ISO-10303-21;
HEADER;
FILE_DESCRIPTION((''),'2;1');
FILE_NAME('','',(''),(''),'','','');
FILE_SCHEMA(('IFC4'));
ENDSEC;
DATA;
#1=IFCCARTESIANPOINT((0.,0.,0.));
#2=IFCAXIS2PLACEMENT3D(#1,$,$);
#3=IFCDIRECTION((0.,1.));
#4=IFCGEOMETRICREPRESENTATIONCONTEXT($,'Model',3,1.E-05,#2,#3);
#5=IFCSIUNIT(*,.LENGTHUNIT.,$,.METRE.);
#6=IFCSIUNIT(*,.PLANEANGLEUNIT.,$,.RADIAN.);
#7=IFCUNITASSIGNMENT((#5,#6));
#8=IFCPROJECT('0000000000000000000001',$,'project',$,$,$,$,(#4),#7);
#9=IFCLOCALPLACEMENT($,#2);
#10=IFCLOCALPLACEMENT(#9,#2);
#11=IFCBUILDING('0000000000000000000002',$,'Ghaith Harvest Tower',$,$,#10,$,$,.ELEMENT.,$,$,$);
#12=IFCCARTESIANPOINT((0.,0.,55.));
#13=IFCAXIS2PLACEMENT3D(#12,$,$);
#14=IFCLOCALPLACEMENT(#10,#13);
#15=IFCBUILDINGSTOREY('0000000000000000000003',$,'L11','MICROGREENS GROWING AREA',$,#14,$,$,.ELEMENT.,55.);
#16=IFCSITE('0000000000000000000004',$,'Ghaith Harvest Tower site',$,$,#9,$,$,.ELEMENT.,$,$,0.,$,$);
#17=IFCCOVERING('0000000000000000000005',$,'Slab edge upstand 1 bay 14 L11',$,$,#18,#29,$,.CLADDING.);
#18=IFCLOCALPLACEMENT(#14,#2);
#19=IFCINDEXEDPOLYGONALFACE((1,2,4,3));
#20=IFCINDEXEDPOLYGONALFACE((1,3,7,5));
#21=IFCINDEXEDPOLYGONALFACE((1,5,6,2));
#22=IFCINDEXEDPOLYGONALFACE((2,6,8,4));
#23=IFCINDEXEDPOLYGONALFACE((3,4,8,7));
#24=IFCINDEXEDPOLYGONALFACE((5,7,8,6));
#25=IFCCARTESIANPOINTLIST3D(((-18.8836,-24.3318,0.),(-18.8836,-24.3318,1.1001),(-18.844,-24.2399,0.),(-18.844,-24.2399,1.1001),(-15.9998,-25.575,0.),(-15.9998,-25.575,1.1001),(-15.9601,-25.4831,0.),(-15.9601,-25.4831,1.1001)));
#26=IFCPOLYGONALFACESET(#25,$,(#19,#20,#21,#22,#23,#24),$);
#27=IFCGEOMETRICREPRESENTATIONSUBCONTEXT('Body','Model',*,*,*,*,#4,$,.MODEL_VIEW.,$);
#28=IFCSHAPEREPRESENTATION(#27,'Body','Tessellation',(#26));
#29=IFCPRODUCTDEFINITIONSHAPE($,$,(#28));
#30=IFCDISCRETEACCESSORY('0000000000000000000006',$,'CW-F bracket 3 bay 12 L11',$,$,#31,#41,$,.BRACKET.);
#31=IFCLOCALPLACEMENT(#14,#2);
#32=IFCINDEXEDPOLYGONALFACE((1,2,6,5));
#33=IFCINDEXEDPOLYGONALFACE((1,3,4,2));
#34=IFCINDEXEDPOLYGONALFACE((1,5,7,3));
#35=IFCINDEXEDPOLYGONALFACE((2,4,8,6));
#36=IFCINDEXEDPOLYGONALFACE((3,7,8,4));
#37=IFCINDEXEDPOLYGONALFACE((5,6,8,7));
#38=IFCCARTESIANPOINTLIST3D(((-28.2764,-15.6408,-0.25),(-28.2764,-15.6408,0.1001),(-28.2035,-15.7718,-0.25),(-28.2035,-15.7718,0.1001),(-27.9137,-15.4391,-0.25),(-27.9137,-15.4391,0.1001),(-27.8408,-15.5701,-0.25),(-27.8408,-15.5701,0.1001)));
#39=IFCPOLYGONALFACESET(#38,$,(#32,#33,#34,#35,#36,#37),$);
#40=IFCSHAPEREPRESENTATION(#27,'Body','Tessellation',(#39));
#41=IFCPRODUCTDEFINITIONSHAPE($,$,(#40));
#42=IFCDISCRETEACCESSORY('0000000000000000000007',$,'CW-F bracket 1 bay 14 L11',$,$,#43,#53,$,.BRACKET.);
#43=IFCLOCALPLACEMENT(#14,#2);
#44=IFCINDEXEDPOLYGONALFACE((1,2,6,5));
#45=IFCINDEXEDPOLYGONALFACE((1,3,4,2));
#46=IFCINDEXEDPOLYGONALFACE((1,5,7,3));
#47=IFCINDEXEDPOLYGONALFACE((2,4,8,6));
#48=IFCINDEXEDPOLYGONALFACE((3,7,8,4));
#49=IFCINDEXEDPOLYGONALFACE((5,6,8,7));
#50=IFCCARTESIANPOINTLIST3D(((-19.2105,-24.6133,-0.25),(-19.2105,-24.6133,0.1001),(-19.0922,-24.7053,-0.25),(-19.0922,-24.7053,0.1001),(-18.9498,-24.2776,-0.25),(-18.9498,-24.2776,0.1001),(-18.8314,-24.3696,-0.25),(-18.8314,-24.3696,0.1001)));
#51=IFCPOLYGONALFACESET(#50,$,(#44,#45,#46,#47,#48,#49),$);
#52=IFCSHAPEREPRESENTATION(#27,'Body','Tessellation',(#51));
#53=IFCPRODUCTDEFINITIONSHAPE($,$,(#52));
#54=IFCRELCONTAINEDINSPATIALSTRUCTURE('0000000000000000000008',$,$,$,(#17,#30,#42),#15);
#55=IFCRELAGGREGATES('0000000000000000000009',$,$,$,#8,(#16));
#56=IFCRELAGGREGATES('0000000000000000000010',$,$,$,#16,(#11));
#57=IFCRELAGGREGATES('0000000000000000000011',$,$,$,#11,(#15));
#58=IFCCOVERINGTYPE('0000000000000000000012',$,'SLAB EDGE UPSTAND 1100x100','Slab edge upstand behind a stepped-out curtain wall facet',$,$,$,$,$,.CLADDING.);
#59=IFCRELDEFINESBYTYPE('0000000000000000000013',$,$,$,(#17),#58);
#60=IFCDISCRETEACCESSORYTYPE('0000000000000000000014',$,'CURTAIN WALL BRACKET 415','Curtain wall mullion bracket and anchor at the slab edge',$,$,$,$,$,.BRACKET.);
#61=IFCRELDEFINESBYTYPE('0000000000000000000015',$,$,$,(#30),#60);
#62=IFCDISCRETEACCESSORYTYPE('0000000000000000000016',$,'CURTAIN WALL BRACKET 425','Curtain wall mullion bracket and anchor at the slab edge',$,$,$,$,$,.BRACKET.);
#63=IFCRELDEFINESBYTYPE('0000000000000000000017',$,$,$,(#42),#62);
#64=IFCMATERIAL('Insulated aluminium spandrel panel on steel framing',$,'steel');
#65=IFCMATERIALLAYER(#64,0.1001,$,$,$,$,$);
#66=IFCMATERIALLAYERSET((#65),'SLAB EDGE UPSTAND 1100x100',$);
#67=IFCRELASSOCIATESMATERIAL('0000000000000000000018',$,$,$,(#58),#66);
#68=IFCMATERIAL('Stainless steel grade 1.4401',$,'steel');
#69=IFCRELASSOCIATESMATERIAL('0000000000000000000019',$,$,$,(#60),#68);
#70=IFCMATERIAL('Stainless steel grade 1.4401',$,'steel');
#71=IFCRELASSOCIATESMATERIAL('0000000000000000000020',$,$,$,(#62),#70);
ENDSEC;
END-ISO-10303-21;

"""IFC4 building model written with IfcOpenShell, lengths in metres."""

from ifc_helpers import new_model, si_unit, direction, frame, origin, origin_2d, place, context, subcontext, project, spatial, rectangle, extrude, material, layer, layer_set, type_object, element, save


model = new_model("IFC4")

# Units and contexts
model_context = context("Model", 3, precision=1e-05, world=origin(), true_north=direction((0.0, 1.0)))
body_context = subcontext(model_context, "Body", "Model", "MODEL_VIEW")
ifc_project = project(units=[si_unit("LENGTHUNIT", "METRE"), si_unit("PLANEANGLEUNIT", "RADIAN")], contexts=[model_context])

# Site, building, storey
site_placement = place(None, origin())
site = spatial("IfcSite", under=ifc_project, at=site_placement, Name="Ghaith Harvest Tower site", CompositionType="ELEMENT", RefElevation=0.0)
building_placement = place(site_placement, origin())
building = spatial("IfcBuilding", under=site, at=building_placement, Name="Ghaith Harvest Tower", CompositionType="ELEMENT")
storey_placement = place(building_placement, frame((0.0, 0.0, 55.0)))
storey = spatial("IfcBuildingStorey", under=building, at=storey_placement, Name="L11", Description="MICROGREENS GROWING AREA", CompositionType="ELEMENT", Elevation=55.0)

# Covering
ifc_material_1 = material(Name="Insulated aluminium spandrel panel on steel framing", Category="steel")
ifc_layer_1 = layer(ifc_material_1, 0.1001)
ifc_layer_set_1 = layer_set([ifc_layer_1], Name="SLAB EDGE UPSTAND 1100x100")
covering_type = type_object("IfcCoveringType", Name="SLAB EDGE UPSTAND 1100x100", Description="Slab edge upstand behind a stepped-out curtain wall facet", PredefinedType="CLADDING", material=ifc_layer_set_1)
covering_1_placement = place(storey_placement, frame((-17.4219, -24.9075, 0.0), z_axis=(0.0, 0.0, 1.0), x_axis=(0.918307, -0.395869, 0.0)))
element("IfcCovering", 1, at=covering_1_placement, inside=storey, type_object=covering_type, Name="Slab edge upstand 1 bay 14 L11", PredefinedType="CLADDING", context=body_context, shape_type="SweptSolid", body=[
    extrude(rectangle(XDim=3.1404, YDim=0.1001, at=origin_2d()), origin(), (0.0, 0.0, 1.0), 1.1001),
])

# Discrete accessories
ifc_material_2 = material(Name="Stainless steel grade 1.4401", Category="steel")
discrete_accessory_type_1 = type_object("IfcDiscreteAccessoryType", Name="CURTAIN WALL BRACKET 415", Description="Curtain wall mullion bracket and anchor at the slab edge", PredefinedType="BRACKET", material=ifc_material_2)
discrete_accessory_1_placement = place(storey_placement, frame((-28.0586, -15.6055, -0.25), z_axis=(0.0, 0.0, 1.0), x_axis=(-0.873927, -0.486057, 0.0)))
element("IfcDiscreteAccessory", 2, at=discrete_accessory_1_placement, inside=storey, type_object=discrete_accessory_type_1, Name="CW-F bracket 3 bay 12 L11", PredefinedType="BRACKET", context=body_context, shape_type="SweptSolid", body=[
    extrude(rectangle(XDim=0.415, YDim=0.1499, at=origin_2d()), origin(), (0.0, 0.0, 1.0), 0.3501),
])
ifc_material_3 = material(Name="Stainless steel grade 1.4401", Category="steel")
discrete_accessory_type_2 = type_object("IfcDiscreteAccessoryType", Name="CURTAIN WALL BRACKET 425", Description="Curtain wall mullion bracket and anchor at the slab edge", PredefinedType="BRACKET", material=ifc_material_3)
discrete_accessory_2_placement = place(storey_placement, frame((-19.021, -24.4915, -0.25), z_axis=(0.0, 0.0, 1.0), x_axis=(-0.613378, -0.78979, 0.0)))
element("IfcDiscreteAccessory", 3, at=discrete_accessory_2_placement, inside=storey, type_object=discrete_accessory_type_2, Name="CW-F bracket 1 bay 14 L11", PredefinedType="BRACKET", context=body_context, shape_type="SweptSolid", body=[
    extrude(rectangle(XDim=0.425, YDim=0.1499, at=origin_2d()), origin(), (0.0, 0.0, 1.0), 0.3501),
])

save(model, "model.ifc")
